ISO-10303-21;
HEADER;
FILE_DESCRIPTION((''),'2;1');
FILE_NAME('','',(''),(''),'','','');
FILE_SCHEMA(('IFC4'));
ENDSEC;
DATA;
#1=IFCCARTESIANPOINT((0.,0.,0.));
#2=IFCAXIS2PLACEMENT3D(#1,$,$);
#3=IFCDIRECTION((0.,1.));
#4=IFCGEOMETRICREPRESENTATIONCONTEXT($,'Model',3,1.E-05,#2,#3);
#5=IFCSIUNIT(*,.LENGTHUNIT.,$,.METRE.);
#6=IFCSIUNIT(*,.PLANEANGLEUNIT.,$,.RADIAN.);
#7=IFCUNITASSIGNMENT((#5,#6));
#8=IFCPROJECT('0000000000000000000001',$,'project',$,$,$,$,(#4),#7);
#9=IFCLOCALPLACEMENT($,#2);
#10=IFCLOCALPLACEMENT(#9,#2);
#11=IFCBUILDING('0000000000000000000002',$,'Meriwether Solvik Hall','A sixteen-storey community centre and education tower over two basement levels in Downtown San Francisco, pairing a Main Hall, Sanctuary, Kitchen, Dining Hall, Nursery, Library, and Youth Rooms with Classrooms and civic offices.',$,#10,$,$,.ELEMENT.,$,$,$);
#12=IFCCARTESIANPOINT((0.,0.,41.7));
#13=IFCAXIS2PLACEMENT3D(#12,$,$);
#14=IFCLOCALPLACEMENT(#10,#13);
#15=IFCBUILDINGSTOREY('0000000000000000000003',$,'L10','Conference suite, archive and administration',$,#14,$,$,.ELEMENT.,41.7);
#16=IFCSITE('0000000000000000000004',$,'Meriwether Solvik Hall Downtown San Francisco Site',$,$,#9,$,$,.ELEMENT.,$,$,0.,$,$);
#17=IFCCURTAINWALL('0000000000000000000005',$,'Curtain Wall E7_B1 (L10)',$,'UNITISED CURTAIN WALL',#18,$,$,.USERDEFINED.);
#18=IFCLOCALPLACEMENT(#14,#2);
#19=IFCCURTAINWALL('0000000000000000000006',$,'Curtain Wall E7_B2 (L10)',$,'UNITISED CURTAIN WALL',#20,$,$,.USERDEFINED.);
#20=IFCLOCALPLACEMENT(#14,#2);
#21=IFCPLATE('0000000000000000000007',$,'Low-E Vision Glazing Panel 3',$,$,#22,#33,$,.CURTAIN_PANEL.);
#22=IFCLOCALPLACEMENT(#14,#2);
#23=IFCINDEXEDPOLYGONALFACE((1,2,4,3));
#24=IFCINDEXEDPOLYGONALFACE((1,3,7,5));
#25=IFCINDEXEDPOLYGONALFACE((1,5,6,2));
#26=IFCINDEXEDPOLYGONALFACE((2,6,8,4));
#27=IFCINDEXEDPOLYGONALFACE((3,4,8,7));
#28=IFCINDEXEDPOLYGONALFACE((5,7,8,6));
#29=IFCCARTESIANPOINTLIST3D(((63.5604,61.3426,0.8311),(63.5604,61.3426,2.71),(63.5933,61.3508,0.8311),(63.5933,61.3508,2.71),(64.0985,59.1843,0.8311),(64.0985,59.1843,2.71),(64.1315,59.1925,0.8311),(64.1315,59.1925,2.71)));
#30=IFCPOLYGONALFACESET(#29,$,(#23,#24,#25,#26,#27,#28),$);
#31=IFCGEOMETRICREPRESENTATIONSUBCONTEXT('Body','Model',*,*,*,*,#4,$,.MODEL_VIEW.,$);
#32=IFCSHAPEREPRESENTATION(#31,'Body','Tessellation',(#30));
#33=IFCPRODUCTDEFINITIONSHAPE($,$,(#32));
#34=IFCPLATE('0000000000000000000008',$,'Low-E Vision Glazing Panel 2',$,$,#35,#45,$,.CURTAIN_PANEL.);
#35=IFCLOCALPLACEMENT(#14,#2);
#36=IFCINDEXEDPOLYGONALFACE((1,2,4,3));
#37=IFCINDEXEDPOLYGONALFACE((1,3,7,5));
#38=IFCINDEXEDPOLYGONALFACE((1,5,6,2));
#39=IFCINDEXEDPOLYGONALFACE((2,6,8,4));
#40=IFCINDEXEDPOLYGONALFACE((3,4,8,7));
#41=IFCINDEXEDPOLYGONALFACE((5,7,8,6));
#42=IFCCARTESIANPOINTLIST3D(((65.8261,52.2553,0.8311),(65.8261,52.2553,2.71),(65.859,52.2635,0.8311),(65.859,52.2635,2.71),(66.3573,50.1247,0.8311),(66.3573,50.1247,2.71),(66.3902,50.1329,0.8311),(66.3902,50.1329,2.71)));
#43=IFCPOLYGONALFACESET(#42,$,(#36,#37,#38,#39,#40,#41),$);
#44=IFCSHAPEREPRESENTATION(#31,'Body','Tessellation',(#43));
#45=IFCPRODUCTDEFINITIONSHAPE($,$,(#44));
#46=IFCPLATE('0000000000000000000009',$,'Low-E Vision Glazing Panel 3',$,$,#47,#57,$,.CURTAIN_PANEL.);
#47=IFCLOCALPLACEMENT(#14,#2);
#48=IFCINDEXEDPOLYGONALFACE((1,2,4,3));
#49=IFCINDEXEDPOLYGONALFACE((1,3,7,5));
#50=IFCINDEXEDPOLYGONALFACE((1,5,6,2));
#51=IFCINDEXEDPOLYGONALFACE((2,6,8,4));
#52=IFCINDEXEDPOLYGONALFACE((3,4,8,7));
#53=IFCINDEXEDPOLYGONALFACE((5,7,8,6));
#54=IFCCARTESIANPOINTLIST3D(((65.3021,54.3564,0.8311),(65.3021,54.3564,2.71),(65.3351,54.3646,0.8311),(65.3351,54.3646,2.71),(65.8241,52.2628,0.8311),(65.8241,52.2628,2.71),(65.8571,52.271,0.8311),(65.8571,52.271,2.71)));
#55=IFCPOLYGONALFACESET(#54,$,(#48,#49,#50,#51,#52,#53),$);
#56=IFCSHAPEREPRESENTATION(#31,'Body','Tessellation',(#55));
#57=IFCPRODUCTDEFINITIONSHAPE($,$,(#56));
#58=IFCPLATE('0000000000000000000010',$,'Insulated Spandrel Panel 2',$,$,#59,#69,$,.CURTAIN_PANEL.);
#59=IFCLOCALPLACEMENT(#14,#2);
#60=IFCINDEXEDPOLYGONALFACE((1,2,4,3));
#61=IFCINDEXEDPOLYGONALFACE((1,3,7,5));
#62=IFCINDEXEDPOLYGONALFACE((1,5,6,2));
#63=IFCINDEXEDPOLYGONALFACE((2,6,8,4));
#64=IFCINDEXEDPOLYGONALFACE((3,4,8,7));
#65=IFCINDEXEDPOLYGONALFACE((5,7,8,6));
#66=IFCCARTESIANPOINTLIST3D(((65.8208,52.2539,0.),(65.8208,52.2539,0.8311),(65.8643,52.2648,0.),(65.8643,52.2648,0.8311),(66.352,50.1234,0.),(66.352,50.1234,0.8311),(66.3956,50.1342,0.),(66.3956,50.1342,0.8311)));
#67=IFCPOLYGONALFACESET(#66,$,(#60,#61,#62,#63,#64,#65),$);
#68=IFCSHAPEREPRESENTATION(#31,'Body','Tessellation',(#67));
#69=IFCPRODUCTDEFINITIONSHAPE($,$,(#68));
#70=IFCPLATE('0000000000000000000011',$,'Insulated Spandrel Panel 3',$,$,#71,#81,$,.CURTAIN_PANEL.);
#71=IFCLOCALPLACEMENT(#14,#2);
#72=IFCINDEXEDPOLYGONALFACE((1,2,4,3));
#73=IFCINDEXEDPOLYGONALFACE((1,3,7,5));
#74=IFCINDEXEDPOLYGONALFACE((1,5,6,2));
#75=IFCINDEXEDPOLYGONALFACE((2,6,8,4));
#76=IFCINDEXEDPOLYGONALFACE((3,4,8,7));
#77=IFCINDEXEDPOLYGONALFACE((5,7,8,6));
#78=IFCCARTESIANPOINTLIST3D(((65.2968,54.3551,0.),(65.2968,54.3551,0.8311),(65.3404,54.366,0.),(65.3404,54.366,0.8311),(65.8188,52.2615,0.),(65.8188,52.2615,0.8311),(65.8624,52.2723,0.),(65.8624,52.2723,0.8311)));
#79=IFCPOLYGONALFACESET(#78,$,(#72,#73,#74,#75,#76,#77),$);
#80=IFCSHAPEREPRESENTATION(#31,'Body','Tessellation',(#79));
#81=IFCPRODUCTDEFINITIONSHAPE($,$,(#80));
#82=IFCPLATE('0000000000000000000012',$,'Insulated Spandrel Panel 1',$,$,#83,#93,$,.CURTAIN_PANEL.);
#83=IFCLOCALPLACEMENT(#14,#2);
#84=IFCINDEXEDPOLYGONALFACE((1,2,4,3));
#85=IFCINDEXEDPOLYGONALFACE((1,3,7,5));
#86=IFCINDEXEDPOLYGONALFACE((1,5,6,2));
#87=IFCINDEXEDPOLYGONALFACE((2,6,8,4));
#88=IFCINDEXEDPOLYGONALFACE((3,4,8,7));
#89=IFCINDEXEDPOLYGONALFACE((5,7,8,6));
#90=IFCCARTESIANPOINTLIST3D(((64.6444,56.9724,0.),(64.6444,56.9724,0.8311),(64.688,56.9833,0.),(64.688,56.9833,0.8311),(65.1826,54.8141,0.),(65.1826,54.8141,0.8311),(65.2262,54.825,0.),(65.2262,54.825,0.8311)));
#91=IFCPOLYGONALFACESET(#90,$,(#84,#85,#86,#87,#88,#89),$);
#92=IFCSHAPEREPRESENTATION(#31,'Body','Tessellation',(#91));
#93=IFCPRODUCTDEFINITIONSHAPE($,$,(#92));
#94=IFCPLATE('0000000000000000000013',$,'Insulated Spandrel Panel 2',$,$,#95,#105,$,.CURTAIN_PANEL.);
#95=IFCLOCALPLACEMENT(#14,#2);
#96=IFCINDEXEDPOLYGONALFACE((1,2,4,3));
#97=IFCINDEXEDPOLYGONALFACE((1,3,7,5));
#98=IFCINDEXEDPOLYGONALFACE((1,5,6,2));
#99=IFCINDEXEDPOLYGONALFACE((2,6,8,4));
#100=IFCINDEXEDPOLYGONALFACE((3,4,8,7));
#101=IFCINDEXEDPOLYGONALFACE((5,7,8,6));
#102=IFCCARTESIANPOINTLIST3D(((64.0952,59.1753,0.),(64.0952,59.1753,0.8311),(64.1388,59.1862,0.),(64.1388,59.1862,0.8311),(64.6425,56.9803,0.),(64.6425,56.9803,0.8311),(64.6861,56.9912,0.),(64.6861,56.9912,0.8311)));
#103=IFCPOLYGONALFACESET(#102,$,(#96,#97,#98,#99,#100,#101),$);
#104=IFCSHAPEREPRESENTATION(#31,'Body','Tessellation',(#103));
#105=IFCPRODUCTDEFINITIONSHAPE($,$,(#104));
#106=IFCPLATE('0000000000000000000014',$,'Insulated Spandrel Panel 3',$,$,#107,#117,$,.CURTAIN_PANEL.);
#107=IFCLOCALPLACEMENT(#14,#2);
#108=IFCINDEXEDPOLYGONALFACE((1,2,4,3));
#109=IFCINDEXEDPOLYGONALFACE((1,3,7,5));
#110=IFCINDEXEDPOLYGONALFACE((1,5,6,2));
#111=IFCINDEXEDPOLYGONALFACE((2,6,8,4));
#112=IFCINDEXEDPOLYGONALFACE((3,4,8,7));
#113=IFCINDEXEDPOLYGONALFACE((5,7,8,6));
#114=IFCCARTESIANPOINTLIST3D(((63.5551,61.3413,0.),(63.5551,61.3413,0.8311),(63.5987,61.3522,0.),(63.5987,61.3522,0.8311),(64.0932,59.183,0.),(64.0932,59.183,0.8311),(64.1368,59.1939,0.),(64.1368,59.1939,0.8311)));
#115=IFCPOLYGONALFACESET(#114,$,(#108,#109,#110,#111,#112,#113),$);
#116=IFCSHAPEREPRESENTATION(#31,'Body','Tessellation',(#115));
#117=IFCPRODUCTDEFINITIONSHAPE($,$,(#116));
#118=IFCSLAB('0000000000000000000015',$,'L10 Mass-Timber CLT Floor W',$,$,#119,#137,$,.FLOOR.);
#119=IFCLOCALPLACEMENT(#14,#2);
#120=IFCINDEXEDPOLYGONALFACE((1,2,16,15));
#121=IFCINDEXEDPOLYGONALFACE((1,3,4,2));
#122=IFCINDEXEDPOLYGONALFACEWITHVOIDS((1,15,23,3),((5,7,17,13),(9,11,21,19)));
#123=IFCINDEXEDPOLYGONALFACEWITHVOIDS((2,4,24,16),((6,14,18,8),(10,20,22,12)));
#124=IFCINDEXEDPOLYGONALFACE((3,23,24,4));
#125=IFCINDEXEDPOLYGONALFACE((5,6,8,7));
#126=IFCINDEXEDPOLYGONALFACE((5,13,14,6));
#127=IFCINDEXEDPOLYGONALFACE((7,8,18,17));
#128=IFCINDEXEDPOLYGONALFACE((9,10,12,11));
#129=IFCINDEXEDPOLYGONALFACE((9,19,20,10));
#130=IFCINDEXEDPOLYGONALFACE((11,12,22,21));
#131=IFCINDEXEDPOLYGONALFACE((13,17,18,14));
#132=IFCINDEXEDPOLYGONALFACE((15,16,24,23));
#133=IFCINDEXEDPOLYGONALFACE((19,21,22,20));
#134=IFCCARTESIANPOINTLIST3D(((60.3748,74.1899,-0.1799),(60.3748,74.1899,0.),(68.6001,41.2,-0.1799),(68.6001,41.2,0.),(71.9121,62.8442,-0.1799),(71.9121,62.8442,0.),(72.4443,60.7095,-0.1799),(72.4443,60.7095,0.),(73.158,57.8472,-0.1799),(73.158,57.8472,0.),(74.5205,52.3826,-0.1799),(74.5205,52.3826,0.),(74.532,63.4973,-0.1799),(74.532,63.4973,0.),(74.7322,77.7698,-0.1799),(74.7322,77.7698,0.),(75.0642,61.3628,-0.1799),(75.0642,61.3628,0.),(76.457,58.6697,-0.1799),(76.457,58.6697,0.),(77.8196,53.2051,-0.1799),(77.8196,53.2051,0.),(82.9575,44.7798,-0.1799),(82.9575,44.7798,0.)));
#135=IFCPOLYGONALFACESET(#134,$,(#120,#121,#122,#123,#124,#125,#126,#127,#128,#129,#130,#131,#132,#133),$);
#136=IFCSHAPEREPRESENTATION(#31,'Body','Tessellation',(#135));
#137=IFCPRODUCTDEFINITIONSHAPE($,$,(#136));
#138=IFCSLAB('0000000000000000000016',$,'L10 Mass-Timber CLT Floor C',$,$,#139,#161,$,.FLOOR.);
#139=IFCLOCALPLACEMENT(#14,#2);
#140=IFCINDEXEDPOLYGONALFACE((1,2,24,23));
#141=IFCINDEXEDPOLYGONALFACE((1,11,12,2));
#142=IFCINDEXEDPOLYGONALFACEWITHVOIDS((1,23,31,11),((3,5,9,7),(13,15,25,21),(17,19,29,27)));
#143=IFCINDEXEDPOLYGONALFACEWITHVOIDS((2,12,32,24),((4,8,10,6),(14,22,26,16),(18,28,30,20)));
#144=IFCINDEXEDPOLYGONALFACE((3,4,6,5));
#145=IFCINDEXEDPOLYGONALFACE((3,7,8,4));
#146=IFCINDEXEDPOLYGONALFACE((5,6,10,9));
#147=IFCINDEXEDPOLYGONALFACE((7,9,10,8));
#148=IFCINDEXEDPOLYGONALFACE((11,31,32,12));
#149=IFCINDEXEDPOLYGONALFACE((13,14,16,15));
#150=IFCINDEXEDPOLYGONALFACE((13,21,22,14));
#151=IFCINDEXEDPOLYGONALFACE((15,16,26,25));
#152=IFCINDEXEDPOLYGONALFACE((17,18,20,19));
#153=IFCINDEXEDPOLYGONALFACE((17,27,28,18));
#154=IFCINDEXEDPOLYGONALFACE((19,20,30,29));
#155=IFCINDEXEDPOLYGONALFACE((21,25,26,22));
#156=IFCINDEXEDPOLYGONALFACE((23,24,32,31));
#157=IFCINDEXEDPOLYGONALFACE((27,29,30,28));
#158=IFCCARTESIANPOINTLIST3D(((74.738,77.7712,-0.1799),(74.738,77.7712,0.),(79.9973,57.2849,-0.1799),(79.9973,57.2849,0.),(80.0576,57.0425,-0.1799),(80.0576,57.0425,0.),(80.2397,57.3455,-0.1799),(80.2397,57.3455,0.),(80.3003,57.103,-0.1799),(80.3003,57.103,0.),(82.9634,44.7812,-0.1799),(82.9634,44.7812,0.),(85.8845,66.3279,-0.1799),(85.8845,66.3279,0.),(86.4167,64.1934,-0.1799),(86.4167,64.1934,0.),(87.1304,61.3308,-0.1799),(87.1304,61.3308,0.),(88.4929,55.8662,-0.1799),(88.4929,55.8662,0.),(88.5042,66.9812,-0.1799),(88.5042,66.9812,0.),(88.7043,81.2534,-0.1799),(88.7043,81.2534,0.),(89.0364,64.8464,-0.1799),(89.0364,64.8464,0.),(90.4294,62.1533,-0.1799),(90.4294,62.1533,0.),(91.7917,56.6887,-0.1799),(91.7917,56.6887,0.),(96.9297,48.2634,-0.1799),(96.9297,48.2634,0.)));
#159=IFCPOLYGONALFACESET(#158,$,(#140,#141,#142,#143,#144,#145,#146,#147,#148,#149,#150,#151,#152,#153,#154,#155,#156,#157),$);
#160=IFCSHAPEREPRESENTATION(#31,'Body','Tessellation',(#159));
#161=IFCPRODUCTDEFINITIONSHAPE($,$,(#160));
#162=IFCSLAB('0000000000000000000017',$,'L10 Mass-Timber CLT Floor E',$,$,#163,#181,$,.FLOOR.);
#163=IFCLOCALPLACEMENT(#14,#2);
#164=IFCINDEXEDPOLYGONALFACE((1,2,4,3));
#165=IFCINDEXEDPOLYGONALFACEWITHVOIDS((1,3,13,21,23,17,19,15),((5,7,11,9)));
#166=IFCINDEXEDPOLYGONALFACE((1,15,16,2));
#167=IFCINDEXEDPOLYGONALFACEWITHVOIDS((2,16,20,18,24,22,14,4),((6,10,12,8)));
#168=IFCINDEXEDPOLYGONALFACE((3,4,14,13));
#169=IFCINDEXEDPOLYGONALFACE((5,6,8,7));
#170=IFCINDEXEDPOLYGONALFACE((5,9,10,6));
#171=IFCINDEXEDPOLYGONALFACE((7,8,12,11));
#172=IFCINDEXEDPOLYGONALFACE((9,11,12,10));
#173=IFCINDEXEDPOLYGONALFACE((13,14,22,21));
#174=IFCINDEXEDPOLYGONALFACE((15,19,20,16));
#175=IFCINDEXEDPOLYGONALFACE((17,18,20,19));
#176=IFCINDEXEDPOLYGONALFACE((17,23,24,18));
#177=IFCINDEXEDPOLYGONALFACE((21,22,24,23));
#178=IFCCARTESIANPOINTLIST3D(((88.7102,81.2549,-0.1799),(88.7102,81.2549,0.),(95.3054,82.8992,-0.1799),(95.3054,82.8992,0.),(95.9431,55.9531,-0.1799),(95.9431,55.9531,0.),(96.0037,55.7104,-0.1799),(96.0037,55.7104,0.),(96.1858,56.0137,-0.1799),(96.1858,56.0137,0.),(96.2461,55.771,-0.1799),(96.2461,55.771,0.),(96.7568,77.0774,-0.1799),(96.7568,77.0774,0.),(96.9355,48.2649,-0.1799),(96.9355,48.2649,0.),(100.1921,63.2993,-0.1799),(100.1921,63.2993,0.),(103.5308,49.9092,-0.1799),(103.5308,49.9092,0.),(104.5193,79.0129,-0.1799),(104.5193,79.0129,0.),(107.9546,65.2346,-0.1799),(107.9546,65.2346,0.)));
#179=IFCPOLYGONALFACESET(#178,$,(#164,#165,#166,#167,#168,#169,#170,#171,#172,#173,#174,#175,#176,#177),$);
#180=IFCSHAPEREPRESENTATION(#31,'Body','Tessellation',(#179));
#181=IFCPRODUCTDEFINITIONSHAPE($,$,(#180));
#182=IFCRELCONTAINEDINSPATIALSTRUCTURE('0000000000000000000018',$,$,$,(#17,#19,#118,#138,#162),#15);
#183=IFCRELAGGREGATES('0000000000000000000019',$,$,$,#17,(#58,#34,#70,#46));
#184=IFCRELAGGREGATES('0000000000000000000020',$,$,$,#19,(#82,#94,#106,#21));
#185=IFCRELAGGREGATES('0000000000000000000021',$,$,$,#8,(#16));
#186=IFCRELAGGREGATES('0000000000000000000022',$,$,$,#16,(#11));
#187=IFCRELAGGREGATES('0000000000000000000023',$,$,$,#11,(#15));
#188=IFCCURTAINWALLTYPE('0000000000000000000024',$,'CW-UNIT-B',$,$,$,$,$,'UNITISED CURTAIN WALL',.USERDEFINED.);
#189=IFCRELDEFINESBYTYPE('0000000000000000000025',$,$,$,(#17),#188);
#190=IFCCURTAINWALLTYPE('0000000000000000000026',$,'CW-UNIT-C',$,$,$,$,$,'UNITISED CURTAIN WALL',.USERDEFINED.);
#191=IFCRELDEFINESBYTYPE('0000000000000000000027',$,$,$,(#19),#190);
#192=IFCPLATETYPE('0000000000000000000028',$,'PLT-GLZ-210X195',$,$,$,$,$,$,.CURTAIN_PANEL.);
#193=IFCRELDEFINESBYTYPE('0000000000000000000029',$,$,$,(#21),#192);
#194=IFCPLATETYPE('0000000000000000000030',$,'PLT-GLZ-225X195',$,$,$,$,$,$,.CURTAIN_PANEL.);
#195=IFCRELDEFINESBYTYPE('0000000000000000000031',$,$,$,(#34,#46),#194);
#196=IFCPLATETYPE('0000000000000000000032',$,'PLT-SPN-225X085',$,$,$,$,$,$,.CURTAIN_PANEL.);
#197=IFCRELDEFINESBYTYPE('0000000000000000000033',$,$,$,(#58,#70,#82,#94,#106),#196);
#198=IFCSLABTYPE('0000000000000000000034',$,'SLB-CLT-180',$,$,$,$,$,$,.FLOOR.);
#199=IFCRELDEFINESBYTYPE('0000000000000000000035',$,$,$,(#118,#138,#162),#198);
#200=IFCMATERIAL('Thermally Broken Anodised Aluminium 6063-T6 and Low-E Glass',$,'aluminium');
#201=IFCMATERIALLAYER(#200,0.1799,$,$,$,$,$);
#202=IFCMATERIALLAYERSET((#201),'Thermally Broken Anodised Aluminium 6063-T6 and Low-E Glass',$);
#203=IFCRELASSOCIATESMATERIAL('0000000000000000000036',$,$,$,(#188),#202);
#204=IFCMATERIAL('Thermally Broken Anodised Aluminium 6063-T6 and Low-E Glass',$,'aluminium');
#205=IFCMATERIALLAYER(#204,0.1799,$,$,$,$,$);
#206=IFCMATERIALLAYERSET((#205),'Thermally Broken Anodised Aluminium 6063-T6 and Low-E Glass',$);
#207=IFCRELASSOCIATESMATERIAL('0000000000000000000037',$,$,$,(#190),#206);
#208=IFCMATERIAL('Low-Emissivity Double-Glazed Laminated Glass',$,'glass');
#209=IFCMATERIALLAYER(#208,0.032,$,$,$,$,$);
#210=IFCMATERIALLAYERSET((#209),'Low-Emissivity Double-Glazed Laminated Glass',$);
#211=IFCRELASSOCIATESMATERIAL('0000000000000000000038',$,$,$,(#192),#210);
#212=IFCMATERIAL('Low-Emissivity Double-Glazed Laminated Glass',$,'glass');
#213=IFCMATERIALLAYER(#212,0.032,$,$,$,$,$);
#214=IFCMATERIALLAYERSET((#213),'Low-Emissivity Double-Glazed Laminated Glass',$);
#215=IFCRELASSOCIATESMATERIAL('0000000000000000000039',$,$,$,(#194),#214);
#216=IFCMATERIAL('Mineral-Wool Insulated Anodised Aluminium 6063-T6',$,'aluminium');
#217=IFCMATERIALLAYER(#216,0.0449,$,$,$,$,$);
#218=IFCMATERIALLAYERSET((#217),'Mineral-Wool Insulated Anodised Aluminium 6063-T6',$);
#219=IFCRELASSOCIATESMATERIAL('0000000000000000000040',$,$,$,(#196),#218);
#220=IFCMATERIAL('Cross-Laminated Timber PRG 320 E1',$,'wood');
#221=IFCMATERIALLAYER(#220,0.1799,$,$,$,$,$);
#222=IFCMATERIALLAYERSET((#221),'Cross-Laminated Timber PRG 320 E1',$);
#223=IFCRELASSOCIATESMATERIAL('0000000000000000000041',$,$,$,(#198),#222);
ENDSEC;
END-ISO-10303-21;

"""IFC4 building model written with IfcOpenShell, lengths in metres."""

from ifc_helpers import new_model, si_unit, direction, frame, origin, origin_2d, place, context, subcontext, project, spatial, polyline, rectangle, outline, extrude, material, layer, layer_set, type_object, element, aggregate, save


model = new_model("IFC4")

# Units and contexts
model_context = context("Model", 3, precision=1e-05, world=origin(), true_north=direction((0.0, 1.0)))
body_context = subcontext(model_context, "Body", "Model", "MODEL_VIEW")
ifc_project = project(units=[si_unit("LENGTHUNIT", "METRE"), si_unit("PLANEANGLEUNIT", "RADIAN")], contexts=[model_context])

# Site, building, storey
site_placement = place(None, origin())
site = spatial("IfcSite", under=ifc_project, at=site_placement, Name="Meriwether Solvik Hall Downtown San Francisco Site", CompositionType="ELEMENT", RefElevation=0.0)
building_placement = place(site_placement, origin())
building = spatial("IfcBuilding", under=site, at=building_placement, Name="Meriwether Solvik Hall", Description="A sixteen-storey community centre and education tower over two basement levels in Downtown San Francisco, pairing a Main Hall, Sanctuary, Kitchen, Dining Hall, Nursery, Library, and Youth Rooms with Classrooms and civic offices.", CompositionType="ELEMENT")
storey_placement = place(building_placement, frame((0.0, 0.0, 41.7)))
storey = spatial("IfcBuildingStorey", under=building, at=storey_placement, Name="L10", Description="Conference suite, archive and administration", CompositionType="ELEMENT", Elevation=41.7)

# Curtain walls
ifc_material_1 = material(Name="Thermally Broken Anodised Aluminium 6063-T6 and Low-E Glass", Category="aluminium")
ifc_layer_1 = layer(ifc_material_1, 0.1799)
ifc_layer_set_1 = layer_set([ifc_layer_1], Name="Thermally Broken Anodised Aluminium 6063-T6 and Low-E Glass")
curtain_wall_type_1 = type_object("IfcCurtainWallType", Name="CW-UNIT-B", ElementType="UNITISED CURTAIN WALL", PredefinedType="USERDEFINED", material=ifc_layer_set_1)
curtain_wall_1_placement = place(storey_placement, origin())
curtain_wall_1 = element("IfcCurtainWall", 1, at=curtain_wall_1_placement, inside=storey, type_object=curtain_wall_type_1, Name="Curtain Wall E7_B1 (L10)", ObjectType="UNITISED CURTAIN WALL", PredefinedType="USERDEFINED")
ifc_material_2 = material(Name="Thermally Broken Anodised Aluminium 6063-T6 and Low-E Glass", Category="aluminium")
ifc_layer_2 = layer(ifc_material_2, 0.1799)
ifc_layer_set_2 = layer_set([ifc_layer_2], Name="Thermally Broken Anodised Aluminium 6063-T6 and Low-E Glass")
curtain_wall_type_2 = type_object("IfcCurtainWallType", Name="CW-UNIT-C", ElementType="UNITISED CURTAIN WALL", PredefinedType="USERDEFINED", material=ifc_layer_set_2)
curtain_wall_2_placement = place(storey_placement, origin())
curtain_wall_2 = element("IfcCurtainWall", 2, at=curtain_wall_2_placement, inside=storey, type_object=curtain_wall_type_2, Name="Curtain Wall E7_B2 (L10)", ObjectType="UNITISED CURTAIN WALL", PredefinedType="USERDEFINED")

# Plates
ifc_material_3 = material(Name="Low-Emissivity Double-Glazed Laminated Glass", Category="glass")
ifc_layer_3 = layer(ifc_material_3, 0.032)
ifc_layer_set_3 = layer_set([ifc_layer_3], Name="Low-Emissivity Double-Glazed Laminated Glass")
plate_type_1 = type_object("IfcPlateType", Name="PLT-GLZ-210X195", PredefinedType="CURTAIN_PANEL", material=ifc_layer_set_3)
plate_1_placement = place(storey_placement, frame((63.8459, 60.2676, 0.8311), z_axis=(0.0, 0.0, 1.0), x_axis=(-0.241922, 0.970296, 0.0)))
plate_1 = element("IfcPlate", 3, at=plate_1_placement, type_object=plate_type_1, Name="Low-E Vision Glazing Panel 3", PredefinedType="CURTAIN_PANEL", context=body_context, shape_type="SweptSolid", body=[
    extrude(rectangle(XDim=2.2244, YDim=0.0339, at=origin_2d()), origin(), (0.0, 0.0, 1.0), 1.8789),
])
ifc_material_4 = material(Name="Low-Emissivity Double-Glazed Laminated Glass", Category="glass")
ifc_layer_4 = layer(ifc_material_4, 0.032)
ifc_layer_set_4 = layer_set([ifc_layer_4], Name="Low-Emissivity Double-Glazed Laminated Glass")
plate_type_2 = type_object("IfcPlateType", Name="PLT-GLZ-225X195", PredefinedType="CURTAIN_PANEL", material=ifc_layer_set_4)
plate_2_placement = place(storey_placement, frame((66.1082, 51.1941, 0.8311), z_axis=(0.0, 0.0, 1.0), x_axis=(-0.241922, 0.970296, 0.0)))
plate_2 = element("IfcPlate", 4, at=plate_2_placement, type_object=plate_type_2, Name="Low-E Vision Glazing Panel 2", PredefinedType="CURTAIN_PANEL", context=body_context, shape_type="SweptSolid", body=[
    extrude(rectangle(XDim=2.1958, YDim=0.0339, at=origin_2d()), origin(), (0.0, 0.0, 1.0), 1.8789),
])
plate_3_placement = place(storey_placement, frame((65.5796, 53.3137, 0.8311), z_axis=(0.0, 0.0, 1.0), x_axis=(-0.241922, 0.970296, 0.0)))
plate_3 = element("IfcPlate", 5, at=plate_3_placement, type_object=plate_type_2, Name="Low-E Vision Glazing Panel 3", PredefinedType="CURTAIN_PANEL", context=body_context, shape_type="SweptSolid", body=[
    extrude(rectangle(XDim=2.1577, YDim=0.0339, at=origin_2d()), origin(), (0.0, 0.0, 1.0), 1.8789),
])
ifc_material_5 = material(Name="Mineral-Wool Insulated Anodised Aluminium 6063-T6", Category="aluminium")
ifc_layer_5 = layer(ifc_material_5, 0.0449)
ifc_layer_set_5 = layer_set([ifc_layer_5], Name="Mineral-Wool Insulated Anodised Aluminium 6063-T6")
plate_type_3 = type_object("IfcPlateType", Name="PLT-SPN-225X085", PredefinedType="CURTAIN_PANEL", material=ifc_layer_set_5)
plate_4_placement = place(storey_placement, frame((66.1082, 51.1941, 0.0), z_axis=(0.0, 0.0, 1.0), x_axis=(-0.241922, 0.970296, 0.0)))
plate_4 = element("IfcPlate", 6, at=plate_4_placement, type_object=plate_type_3, Name="Insulated Spandrel Panel 2", PredefinedType="CURTAIN_PANEL", context=body_context, shape_type="SweptSolid", body=[
    extrude(rectangle(XDim=2.1958, YDim=0.0449, at=origin_2d()), origin(), (0.0, 0.0, 1.0), 0.8311),
])
plate_5_placement = place(storey_placement, frame((65.5796, 53.3137, 0.0), z_axis=(0.0, 0.0, 1.0), x_axis=(-0.241922, 0.970296, 0.0)))
plate_5 = element("IfcPlate", 7, at=plate_5_placement, type_object=plate_type_3, Name="Insulated Spandrel Panel 3", PredefinedType="CURTAIN_PANEL", context=body_context, shape_type="SweptSolid", body=[
    extrude(rectangle(XDim=2.1577, YDim=0.0449, at=origin_2d()), origin(), (0.0, 0.0, 1.0), 0.8311),
])
aggregate(curtain_wall_1, [plate_4, plate_2, plate_5, plate_3])
plate_6_placement = place(storey_placement, frame((64.9353, 55.8987, 0.0), z_axis=(0.0, 0.0, 1.0), x_axis=(-0.241922, 0.970296, 0.0)))
plate_6 = element("IfcPlate", 8, at=plate_6_placement, type_object=plate_type_3, Name="Insulated Spandrel Panel 1", PredefinedType="CURTAIN_PANEL", context=body_context, shape_type="SweptSolid", body=[
    extrude(rectangle(XDim=2.2244, YDim=0.0449, at=origin_2d()), origin(), (0.0, 0.0, 1.0), 0.8311),
])
plate_7_placement = place(storey_placement, frame((64.3906, 58.0833, 0.0), z_axis=(0.0, 0.0, 1.0), x_axis=(-0.241922, 0.970296, 0.0)))
plate_7 = element("IfcPlate", 9, at=plate_7_placement, type_object=plate_type_3, Name="Insulated Spandrel Panel 2", PredefinedType="CURTAIN_PANEL", context=body_context, shape_type="SweptSolid", body=[
    extrude(rectangle(XDim=2.2622, YDim=0.0449, at=origin_2d()), origin(), (0.0, 0.0, 1.0), 0.8311),
])
plate_8_placement = place(storey_placement, frame((63.8459, 60.2676, 0.0), z_axis=(0.0, 0.0, 1.0), x_axis=(-0.241922, 0.970296, 0.0)))
plate_8 = element("IfcPlate", 10, at=plate_8_placement, type_object=plate_type_3, Name="Insulated Spandrel Panel 3", PredefinedType="CURTAIN_PANEL", context=body_context, shape_type="SweptSolid", body=[
    extrude(rectangle(XDim=2.2244, YDim=0.0449, at=origin_2d()), origin(), (0.0, 0.0, 1.0), 0.8311),
])
aggregate(curtain_wall_2, [plate_6, plate_7, plate_8, plate_1])

# Slabs
ifc_material_6 = material(Name="Cross-Laminated Timber PRG 320 E1", Category="wood")
ifc_layer_6 = layer(ifc_material_6, 0.1799)
ifc_layer_set_6 = layer_set([ifc_layer_6], Name="Cross-Laminated Timber PRG 320 E1")
slab_type_1 = type_object("IfcSlabType", Name="SLB-CLT-180", PredefinedType="FLOOR", material=ifc_layer_set_6)
slab_1_placement = place(storey_placement, frame((0.0, 0.0, -0.1799)))
element("IfcSlab", 11, at=slab_1_placement, inside=storey, type_object=slab_type_1, Name="L10 Mass-Timber CLT Floor W", PredefinedType="FLOOR", context=body_context, shape_type="SweptSolid", body=[
    extrude(outline(polyline([(74.7322, 77.7698), (82.9575, 44.7798), (68.6001, 41.2), (60.3748, 74.1899), (74.7322, 77.7698)]), holes=[polyline([(74.5205, 52.3826), (77.8196, 53.2051), (76.457, 58.6697), (73.158, 57.8472), (74.5205, 52.3826)]), polyline([(71.9121, 62.8442), (72.4443, 60.7095), (75.0642, 61.3628), (74.532, 63.4973), (71.9121, 62.8442)])]), origin(), (0.0, 0.0, 1.0), 0.1799),
])
slab_2_placement = place(storey_placement, frame((0.0, 0.0, -0.1799)))
element("IfcSlab", 12, at=slab_2_placement, inside=storey, type_object=slab_type_1, Name="L10 Mass-Timber CLT Floor C", PredefinedType="FLOOR", context=body_context, shape_type="SweptSolid", body=[
    extrude(outline(polyline([(88.7043, 81.2534), (96.9297, 48.2634), (82.9634, 44.7812), (74.738, 77.7712), (88.7043, 81.2534)]), holes=[polyline([(79.9973, 57.2849), (80.0576, 57.0425), (80.3003, 57.103), (80.2397, 57.3455), (79.9973, 57.2849)]), polyline([(88.4929, 55.8662), (91.7917, 56.6887), (90.4294, 62.1533), (87.1304, 61.3308), (88.4929, 55.8662)]), polyline([(85.8845, 66.3279), (86.4167, 64.1934), (89.0364, 64.8464), (88.5042, 66.9812), (85.8845, 66.3279)])]), origin(), (0.0, 0.0, 1.0), 0.1799),
])
slab_3_placement = place(storey_placement, frame((0.0, 0.0, -0.1799)))
element("IfcSlab", 13, at=slab_3_placement, inside=storey, type_object=slab_type_1, Name="L10 Mass-Timber CLT Floor E", PredefinedType="FLOOR", context=body_context, shape_type="SweptSolid", body=[
    extrude(outline(polyline([(95.3054, 82.8992), (96.7568, 77.0774), (104.5193, 79.0129), (107.9546, 65.2346), (100.1921, 63.2993), (103.5308, 49.9092), (96.9355, 48.2649), (88.7102, 81.2549), (95.3054, 82.8992)]), holes=[polyline([(95.9431, 55.9531), (96.0037, 55.7104), (96.2461, 55.771), (96.1858, 56.0137), (95.9431, 55.9531)])]), origin(), (0.0, 0.0, 1.0), 0.1799),
])

save(model, "model.ifc")
